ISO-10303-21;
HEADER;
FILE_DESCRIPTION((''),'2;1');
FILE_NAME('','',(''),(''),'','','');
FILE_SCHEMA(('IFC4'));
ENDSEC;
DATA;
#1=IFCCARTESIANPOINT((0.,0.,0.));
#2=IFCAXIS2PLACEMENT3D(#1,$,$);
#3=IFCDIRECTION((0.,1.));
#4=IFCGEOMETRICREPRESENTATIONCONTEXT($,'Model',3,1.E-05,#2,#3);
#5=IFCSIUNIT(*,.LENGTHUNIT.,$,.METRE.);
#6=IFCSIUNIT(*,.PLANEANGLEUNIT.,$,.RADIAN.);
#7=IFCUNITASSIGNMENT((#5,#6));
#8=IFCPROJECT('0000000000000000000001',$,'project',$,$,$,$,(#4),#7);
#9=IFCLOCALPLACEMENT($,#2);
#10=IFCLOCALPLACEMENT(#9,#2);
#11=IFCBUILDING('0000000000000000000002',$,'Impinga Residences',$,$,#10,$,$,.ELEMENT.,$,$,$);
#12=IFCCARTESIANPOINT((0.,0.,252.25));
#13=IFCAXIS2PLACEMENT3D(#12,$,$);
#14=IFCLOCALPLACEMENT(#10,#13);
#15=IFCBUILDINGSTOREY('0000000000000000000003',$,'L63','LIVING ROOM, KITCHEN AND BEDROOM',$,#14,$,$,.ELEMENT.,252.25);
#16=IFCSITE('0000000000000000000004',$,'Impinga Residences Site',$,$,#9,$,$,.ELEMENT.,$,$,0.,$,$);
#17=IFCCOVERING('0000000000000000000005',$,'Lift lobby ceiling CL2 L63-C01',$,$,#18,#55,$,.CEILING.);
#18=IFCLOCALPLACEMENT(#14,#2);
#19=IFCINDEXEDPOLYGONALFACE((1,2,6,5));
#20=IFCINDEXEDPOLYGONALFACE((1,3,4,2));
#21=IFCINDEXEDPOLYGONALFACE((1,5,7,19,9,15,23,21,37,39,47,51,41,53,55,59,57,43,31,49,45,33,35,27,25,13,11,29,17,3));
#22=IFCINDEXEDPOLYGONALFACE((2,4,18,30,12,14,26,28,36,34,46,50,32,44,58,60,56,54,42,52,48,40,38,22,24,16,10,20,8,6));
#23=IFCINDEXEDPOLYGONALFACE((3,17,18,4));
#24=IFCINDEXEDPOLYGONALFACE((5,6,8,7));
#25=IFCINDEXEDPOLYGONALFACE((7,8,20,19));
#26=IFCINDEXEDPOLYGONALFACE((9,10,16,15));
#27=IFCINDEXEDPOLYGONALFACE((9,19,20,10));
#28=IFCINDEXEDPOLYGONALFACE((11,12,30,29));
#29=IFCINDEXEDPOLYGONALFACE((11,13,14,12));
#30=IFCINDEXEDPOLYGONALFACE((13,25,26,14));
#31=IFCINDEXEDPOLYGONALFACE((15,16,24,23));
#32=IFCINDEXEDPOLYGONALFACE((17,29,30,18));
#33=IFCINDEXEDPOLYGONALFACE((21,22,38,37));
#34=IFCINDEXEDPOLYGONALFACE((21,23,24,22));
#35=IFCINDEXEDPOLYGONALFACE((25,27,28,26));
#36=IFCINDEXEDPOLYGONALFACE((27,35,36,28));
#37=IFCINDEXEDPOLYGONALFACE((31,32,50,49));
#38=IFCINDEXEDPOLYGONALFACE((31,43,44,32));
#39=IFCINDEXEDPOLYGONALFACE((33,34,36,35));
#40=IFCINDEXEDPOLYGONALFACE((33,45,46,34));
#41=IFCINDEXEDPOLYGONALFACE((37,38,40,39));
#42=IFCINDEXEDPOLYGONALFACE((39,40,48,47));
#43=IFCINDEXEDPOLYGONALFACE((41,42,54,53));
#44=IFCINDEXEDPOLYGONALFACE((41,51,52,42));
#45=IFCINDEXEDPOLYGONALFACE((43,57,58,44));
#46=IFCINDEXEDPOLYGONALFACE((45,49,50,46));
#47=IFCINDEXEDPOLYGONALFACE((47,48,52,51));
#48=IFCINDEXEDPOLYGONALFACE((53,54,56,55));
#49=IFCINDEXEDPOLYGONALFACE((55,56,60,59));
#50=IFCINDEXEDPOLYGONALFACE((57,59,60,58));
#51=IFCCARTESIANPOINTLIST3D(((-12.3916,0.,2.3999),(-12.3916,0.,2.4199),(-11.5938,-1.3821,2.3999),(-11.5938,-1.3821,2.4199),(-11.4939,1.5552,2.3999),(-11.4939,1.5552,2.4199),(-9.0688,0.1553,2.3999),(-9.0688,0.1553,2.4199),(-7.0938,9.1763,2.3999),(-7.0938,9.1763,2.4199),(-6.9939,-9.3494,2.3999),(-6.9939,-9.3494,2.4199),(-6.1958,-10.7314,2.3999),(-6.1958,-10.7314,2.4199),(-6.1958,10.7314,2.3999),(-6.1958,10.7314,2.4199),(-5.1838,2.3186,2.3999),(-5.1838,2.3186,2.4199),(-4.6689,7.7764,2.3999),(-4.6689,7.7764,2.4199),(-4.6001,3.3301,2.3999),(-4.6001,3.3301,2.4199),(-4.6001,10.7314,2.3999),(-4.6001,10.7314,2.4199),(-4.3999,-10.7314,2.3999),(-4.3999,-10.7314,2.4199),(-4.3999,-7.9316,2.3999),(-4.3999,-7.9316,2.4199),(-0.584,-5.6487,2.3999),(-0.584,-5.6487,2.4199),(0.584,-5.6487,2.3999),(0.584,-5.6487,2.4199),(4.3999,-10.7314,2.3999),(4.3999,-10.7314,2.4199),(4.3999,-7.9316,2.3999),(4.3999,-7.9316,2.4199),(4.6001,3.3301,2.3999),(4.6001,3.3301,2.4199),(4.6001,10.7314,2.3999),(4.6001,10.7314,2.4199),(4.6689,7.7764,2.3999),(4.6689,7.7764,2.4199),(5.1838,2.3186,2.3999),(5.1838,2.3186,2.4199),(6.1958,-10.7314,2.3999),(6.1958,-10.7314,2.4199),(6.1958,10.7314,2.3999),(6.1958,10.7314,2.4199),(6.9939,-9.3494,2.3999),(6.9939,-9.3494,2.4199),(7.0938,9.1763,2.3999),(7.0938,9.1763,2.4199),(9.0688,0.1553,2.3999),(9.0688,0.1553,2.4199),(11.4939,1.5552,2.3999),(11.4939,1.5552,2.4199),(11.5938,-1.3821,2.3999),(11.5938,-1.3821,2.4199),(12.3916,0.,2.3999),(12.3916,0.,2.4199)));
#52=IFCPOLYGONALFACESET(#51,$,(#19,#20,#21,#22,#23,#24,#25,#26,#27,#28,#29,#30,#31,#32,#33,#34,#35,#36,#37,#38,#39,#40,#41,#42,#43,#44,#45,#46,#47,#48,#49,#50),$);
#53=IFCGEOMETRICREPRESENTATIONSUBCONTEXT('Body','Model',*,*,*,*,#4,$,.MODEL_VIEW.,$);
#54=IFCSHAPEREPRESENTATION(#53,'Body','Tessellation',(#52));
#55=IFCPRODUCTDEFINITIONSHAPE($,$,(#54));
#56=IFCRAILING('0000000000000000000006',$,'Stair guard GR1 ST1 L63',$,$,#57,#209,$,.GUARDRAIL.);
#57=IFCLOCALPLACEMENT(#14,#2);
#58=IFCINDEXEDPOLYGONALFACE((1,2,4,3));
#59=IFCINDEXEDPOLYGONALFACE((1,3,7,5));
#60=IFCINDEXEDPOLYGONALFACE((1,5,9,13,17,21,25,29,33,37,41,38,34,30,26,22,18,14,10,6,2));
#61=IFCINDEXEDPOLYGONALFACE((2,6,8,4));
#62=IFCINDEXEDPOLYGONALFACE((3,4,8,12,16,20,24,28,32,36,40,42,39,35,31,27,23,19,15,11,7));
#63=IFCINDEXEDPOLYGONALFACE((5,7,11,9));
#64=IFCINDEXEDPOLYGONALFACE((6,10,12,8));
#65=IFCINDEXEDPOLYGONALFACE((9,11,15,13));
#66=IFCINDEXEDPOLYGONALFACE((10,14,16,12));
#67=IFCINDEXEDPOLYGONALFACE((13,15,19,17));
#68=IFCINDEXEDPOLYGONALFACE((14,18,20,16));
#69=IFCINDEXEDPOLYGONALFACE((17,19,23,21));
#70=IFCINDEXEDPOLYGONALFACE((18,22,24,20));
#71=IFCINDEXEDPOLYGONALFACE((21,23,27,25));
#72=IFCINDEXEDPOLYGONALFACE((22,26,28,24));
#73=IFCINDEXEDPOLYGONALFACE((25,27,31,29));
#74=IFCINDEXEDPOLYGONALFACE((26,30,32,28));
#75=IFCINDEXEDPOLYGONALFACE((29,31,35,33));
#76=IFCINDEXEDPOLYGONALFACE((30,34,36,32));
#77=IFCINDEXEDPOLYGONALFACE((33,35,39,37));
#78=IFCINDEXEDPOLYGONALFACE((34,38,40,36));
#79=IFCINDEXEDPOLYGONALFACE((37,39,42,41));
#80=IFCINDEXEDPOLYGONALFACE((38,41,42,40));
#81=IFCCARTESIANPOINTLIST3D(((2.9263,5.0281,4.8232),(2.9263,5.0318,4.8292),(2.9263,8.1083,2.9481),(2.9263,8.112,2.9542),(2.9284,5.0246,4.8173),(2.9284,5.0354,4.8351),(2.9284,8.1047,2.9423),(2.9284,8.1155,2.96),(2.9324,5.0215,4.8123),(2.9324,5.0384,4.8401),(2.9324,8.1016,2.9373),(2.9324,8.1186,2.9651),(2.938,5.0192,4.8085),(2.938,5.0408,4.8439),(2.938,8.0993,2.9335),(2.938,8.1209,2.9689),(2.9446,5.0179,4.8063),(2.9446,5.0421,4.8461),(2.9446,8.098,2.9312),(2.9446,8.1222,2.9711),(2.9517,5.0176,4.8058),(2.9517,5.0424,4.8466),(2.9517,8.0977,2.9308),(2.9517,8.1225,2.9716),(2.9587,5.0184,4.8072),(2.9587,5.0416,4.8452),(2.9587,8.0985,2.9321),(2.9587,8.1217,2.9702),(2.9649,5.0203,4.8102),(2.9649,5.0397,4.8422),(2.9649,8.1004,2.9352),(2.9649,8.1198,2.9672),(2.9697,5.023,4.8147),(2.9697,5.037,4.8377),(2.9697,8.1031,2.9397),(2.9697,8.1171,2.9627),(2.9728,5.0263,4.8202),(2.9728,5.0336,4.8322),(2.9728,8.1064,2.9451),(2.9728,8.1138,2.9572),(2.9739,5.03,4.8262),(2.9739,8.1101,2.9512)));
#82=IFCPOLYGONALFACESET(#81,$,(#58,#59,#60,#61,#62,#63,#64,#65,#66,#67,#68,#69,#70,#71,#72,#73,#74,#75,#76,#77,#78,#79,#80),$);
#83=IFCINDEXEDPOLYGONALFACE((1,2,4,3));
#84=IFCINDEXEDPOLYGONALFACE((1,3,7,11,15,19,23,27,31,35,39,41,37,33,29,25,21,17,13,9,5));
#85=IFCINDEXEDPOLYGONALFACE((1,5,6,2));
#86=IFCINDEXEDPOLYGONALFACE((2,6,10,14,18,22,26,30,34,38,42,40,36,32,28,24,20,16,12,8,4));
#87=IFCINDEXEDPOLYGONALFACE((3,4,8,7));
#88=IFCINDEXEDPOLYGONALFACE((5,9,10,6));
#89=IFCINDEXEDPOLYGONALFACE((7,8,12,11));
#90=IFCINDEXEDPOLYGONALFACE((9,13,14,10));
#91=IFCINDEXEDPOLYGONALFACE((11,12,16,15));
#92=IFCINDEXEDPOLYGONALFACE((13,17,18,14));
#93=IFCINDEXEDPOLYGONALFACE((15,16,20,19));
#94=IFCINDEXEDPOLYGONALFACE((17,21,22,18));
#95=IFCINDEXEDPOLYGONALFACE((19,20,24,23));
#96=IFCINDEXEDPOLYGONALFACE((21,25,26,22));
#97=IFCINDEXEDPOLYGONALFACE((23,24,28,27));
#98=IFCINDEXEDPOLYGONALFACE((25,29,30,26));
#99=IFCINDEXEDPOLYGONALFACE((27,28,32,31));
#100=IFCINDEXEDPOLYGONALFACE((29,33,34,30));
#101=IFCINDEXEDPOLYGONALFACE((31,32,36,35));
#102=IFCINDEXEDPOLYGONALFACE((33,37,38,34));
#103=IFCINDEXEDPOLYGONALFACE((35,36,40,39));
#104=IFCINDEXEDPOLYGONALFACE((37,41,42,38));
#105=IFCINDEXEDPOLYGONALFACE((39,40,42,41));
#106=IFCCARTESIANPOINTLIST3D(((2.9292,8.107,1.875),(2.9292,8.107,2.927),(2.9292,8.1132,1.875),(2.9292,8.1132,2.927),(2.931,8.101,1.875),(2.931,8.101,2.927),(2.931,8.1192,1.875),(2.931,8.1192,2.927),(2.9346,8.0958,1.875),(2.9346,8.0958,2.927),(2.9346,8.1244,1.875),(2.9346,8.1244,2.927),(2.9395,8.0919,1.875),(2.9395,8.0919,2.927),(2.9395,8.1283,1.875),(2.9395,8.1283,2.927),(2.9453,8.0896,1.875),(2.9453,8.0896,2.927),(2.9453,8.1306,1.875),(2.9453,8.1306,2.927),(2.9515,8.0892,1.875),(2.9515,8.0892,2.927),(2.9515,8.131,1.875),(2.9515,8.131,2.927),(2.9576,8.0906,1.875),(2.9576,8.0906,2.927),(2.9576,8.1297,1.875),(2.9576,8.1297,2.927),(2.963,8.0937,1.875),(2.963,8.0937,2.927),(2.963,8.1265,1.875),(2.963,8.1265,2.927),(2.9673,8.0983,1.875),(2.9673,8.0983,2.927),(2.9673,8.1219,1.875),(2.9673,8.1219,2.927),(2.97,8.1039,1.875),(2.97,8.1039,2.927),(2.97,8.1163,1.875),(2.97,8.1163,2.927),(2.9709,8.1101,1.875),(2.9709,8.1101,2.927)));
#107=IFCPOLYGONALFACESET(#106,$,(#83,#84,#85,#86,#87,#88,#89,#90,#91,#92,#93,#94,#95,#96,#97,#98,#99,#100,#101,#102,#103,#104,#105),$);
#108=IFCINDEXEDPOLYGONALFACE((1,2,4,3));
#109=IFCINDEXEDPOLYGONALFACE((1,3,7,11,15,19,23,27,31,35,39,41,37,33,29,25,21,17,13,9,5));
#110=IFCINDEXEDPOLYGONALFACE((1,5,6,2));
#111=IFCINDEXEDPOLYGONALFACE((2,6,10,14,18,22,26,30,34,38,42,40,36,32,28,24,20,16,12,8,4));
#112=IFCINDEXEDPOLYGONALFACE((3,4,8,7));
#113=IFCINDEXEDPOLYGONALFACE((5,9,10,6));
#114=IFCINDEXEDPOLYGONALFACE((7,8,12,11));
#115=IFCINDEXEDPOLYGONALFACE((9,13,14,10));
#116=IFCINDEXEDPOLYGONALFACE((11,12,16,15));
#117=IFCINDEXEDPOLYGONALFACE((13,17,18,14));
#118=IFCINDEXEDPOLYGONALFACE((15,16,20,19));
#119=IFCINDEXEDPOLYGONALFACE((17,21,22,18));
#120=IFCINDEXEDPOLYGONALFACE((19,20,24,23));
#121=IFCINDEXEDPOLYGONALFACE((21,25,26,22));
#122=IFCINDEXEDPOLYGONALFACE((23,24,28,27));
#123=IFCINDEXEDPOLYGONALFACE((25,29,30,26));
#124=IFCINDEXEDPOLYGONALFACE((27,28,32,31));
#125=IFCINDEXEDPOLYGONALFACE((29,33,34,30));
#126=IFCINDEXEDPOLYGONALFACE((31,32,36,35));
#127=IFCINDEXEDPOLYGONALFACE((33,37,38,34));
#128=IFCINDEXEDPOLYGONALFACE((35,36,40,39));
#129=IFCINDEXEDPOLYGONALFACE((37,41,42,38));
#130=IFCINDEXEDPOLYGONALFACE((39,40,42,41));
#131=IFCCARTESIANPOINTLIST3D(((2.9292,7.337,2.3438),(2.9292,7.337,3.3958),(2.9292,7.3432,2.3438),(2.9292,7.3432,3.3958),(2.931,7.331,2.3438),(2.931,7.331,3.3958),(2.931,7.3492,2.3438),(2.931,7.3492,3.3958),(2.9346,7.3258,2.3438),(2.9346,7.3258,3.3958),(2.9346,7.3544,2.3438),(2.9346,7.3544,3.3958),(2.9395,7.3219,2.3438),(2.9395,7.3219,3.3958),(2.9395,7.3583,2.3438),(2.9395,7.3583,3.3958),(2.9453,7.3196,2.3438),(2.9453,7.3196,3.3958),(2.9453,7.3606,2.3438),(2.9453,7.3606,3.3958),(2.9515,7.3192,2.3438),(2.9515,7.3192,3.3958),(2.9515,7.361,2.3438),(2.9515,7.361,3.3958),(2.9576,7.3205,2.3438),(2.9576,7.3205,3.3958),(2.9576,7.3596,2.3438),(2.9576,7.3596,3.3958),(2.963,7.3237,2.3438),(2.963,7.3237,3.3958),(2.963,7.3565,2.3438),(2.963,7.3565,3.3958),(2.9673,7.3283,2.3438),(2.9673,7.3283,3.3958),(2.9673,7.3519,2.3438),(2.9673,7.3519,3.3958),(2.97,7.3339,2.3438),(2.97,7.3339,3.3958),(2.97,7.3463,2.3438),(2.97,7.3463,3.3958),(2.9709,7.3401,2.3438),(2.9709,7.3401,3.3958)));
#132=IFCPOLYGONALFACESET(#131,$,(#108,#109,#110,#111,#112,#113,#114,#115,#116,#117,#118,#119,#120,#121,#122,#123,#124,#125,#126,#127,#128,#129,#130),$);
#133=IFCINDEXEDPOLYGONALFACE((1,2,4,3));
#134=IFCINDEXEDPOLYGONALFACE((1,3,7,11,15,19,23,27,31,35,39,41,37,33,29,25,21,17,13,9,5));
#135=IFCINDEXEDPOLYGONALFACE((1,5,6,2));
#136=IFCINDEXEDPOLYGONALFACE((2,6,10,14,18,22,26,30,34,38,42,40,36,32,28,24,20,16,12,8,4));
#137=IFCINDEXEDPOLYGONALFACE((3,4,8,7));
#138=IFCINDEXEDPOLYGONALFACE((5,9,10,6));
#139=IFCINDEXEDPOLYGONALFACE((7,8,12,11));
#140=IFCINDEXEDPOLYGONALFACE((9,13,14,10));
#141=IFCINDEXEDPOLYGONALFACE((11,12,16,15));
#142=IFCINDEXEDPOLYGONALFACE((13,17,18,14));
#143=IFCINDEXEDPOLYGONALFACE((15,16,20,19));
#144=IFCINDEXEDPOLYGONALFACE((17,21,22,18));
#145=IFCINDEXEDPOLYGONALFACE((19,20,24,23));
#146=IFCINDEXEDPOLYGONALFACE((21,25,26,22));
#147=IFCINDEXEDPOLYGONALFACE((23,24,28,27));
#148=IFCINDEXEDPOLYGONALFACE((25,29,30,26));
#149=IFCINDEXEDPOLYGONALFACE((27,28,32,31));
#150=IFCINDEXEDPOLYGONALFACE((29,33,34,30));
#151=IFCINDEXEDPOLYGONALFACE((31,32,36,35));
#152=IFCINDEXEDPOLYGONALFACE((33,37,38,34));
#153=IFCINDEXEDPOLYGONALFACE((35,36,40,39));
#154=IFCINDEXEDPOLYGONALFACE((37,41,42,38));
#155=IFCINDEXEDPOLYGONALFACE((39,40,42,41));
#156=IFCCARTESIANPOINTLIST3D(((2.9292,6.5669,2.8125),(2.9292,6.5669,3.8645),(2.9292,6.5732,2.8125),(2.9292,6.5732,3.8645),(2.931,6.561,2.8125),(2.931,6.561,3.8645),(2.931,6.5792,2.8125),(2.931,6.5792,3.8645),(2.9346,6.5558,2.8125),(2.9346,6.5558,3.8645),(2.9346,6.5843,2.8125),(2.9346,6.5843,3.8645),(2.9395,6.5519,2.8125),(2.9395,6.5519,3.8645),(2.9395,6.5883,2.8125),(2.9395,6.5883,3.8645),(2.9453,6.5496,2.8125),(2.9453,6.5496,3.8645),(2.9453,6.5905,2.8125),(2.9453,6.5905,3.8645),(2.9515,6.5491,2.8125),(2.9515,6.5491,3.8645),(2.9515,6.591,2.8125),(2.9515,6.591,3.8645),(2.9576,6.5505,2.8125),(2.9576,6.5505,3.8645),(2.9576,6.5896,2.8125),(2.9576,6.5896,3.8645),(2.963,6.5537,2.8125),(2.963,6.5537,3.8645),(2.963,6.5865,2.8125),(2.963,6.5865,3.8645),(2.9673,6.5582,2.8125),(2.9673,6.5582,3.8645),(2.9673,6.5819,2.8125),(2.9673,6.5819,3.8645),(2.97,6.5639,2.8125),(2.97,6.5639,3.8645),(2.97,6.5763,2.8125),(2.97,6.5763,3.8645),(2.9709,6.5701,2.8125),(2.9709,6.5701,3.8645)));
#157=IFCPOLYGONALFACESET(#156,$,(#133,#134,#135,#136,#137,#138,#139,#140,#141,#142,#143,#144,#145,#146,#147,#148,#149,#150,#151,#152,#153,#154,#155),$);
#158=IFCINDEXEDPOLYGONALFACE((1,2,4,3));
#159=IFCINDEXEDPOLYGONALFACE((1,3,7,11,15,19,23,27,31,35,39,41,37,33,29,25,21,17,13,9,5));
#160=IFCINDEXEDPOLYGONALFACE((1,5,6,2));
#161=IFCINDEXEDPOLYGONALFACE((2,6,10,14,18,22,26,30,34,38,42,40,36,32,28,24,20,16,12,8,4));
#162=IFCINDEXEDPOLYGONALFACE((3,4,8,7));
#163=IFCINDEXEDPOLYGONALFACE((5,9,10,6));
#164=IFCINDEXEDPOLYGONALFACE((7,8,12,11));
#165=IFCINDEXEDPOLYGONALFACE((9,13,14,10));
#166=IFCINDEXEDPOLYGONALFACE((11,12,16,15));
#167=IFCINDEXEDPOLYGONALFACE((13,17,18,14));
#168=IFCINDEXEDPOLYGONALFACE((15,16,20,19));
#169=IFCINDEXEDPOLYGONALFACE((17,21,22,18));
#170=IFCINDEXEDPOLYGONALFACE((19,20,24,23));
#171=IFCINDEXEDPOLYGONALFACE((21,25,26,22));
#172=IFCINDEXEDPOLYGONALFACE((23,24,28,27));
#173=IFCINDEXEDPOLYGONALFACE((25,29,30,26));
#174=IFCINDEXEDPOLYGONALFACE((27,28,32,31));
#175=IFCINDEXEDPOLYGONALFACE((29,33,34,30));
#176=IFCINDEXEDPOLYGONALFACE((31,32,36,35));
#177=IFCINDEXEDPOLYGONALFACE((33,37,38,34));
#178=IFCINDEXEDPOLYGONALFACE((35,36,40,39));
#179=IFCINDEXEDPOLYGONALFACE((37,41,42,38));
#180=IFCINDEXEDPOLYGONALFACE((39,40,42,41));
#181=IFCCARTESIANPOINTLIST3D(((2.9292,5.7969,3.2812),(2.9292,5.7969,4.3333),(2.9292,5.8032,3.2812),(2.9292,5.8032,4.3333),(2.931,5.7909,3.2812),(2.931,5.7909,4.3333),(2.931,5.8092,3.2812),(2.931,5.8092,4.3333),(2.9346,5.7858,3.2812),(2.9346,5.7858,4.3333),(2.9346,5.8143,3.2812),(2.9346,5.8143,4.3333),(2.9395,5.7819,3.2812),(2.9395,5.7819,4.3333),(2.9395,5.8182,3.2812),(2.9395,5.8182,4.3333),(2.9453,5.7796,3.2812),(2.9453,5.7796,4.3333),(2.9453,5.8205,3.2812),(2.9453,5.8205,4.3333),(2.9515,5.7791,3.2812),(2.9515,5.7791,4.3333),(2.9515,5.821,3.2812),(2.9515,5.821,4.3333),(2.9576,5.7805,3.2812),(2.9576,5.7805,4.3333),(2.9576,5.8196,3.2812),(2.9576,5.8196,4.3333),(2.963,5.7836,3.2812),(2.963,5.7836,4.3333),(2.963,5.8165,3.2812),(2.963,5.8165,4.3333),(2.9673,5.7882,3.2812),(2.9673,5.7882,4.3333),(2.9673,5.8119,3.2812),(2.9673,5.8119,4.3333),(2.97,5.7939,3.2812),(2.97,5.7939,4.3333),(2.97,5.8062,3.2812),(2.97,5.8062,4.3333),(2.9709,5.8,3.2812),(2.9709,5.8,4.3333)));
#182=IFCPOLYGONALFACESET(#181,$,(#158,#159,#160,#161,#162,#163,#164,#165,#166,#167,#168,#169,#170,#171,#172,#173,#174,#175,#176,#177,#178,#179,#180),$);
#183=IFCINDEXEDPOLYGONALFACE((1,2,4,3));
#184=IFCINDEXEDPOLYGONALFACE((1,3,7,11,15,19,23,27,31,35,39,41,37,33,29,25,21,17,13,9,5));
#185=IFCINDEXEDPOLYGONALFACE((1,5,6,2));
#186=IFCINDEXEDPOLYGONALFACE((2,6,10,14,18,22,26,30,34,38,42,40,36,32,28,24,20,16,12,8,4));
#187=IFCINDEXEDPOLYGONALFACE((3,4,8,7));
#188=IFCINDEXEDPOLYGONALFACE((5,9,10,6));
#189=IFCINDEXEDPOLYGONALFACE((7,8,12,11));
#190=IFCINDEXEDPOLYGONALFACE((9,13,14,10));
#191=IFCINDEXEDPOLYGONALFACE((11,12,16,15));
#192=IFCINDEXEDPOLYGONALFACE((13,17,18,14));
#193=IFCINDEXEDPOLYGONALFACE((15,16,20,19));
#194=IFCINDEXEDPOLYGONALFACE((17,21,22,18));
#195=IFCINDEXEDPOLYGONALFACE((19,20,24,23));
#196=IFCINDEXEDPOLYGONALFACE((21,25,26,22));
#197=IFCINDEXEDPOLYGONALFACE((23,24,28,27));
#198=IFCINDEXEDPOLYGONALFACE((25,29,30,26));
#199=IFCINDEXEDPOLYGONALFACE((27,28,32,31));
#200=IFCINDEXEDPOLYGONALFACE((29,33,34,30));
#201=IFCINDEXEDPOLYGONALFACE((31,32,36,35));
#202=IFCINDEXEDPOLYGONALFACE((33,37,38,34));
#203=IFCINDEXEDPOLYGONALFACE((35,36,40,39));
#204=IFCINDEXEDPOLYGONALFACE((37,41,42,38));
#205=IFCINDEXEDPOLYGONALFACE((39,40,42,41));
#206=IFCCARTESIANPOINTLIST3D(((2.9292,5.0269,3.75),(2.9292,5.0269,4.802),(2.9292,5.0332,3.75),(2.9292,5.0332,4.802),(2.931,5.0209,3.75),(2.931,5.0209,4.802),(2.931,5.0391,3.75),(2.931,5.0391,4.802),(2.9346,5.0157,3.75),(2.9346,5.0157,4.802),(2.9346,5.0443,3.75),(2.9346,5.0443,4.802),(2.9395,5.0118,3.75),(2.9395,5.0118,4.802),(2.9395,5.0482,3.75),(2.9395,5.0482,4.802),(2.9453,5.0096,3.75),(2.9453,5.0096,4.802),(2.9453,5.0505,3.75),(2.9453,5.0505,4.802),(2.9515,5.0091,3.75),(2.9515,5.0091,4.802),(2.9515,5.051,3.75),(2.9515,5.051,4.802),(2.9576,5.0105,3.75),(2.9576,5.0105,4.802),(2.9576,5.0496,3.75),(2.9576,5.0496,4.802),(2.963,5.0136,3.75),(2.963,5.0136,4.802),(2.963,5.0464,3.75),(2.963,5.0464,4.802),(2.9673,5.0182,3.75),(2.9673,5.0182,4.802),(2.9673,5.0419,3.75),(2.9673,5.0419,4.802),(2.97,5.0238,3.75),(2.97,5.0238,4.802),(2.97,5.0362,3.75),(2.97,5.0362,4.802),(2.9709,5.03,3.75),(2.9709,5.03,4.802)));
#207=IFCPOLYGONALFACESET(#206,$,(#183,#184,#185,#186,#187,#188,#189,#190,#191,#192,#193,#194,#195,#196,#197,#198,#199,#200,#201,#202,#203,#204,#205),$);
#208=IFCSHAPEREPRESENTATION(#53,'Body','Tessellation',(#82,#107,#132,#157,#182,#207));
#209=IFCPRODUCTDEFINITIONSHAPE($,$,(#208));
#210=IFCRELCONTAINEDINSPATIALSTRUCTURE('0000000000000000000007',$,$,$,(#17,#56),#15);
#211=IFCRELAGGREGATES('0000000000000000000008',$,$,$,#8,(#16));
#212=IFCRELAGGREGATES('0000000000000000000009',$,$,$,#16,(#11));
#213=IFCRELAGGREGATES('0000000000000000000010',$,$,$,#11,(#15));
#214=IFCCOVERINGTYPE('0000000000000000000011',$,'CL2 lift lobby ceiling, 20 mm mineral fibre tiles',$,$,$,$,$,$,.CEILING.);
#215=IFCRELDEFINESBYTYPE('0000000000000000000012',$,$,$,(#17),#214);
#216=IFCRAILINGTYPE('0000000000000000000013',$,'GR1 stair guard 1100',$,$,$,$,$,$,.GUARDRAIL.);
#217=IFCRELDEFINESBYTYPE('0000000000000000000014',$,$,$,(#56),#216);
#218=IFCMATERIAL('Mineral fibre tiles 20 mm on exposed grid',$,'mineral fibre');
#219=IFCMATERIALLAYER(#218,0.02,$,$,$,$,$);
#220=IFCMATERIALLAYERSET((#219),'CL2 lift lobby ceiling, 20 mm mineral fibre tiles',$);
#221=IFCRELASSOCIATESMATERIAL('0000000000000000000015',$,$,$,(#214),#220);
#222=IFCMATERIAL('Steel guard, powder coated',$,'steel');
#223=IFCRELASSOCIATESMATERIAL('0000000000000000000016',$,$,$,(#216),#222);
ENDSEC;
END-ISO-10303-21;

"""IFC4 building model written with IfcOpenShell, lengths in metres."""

from ifc_helpers import new_model, si_unit, direction, frame, origin, origin_2d, place, context, subcontext, project, spatial, polyline, circle, outline, extrude, material, layer, layer_set, type_object, element, save


model = new_model("IFC4")

# Units and contexts
model_context = context("Model", 3, precision=1e-05, world=origin(), true_north=direction((0.0, 1.0)))
body_context = subcontext(model_context, "Body", "Model", "MODEL_VIEW")
ifc_project = project(units=[si_unit("LENGTHUNIT", "METRE"), si_unit("PLANEANGLEUNIT", "RADIAN")], contexts=[model_context])

# Site, building, storey
site_placement = place(None, origin())
site = spatial("IfcSite", under=ifc_project, at=site_placement, Name="Impinga Residences Site", CompositionType="ELEMENT", RefElevation=0.0)
building_placement = place(site_placement, origin())
building = spatial("IfcBuilding", under=site, at=building_placement, Name="Impinga Residences", CompositionType="ELEMENT")
storey_placement = place(building_placement, frame((0.0, 0.0, 252.25)))
storey = spatial("IfcBuildingStorey", under=building, at=storey_placement, Name="L63", Description="LIVING ROOM, KITCHEN AND BEDROOM", CompositionType="ELEMENT", Elevation=252.25)

# Covering
ifc_material_1 = material(Name="Mineral fibre tiles 20 mm on exposed grid", Category="mineral fibre")
ifc_layer_1 = layer(ifc_material_1, 0.02)
ifc_layer_set_1 = layer_set([ifc_layer_1], Name="CL2 lift lobby ceiling, 20 mm mineral fibre tiles")
covering_type_1 = type_object("IfcCoveringType", Name="CL2 lift lobby ceiling, 20 mm mineral fibre tiles", PredefinedType="CEILING", material=ifc_layer_set_1)
covering_1_placement = place(storey_placement, frame((0.0, 0.0, 2.3999)))
element("IfcCovering", 1, at=covering_1_placement, inside=storey, type_object=covering_type_1, Name="Lift lobby ceiling CL2 L63-C01", PredefinedType="CEILING", context=body_context, shape_type="SweptSolid", body=[
    extrude(outline(polyline([(12.3916, 0.0), (11.5938, -1.3821), (5.1838, 2.3186), (0.584, -5.6487), (6.9939, -9.3494), (6.1958, -10.7314), (4.3999, -10.7314), (4.3999, -7.9316), (-4.3999, -7.9316), (-4.3999, -10.7314), (-6.1958, -10.7314), (-6.9939, -9.3494), (-0.584, -5.6487), (-5.1838, 2.3186), (-11.5938, -1.3821), (-12.3916, 0.0), (-11.4939, 1.5552), (-9.0688, 0.1553), (-4.6689, 7.7764), (-7.0938, 9.1763), (-6.1958, 10.7314), (-4.6001, 10.7314), (-4.6001, 3.3301), (4.6001, 3.3301), (4.6001, 10.7314), (6.1958, 10.7314), (7.0938, 9.1763), (4.6689, 7.7764), (9.0688, 0.1553), (11.4939, 1.5552), (12.3916, 0.0)])), origin(), (0.0, 0.0, 1.0), 0.02),
])

# Railing
ifc_material_2 = material(Name="Steel guard, powder coated", Category="steel")
railing_type_1 = type_object("IfcRailingType", Name="GR1 stair guard 1100", PredefinedType="GUARDRAIL", material=ifc_material_2)
railing_1_placement = place(storey_placement, frame((2.95, 8.1101, 1.875)))
element("IfcRailing", 2, at=railing_1_placement, inside=storey, type_object=railing_type_1, Name="Stair guard GR1 ST1 L63", PredefinedType="GUARDRAIL", context=body_context, shape_type="SweptSolid", body=[
    extrude(circle(Radius=0.0239, at=origin_2d()), frame((0.0, 0.0, 1.0762), z_axis=(0.0, -0.854178, 0.519981), x_axis=(1.0, 0.0, 0.0)), (0.0, 0.0, 1.0), 3.606),
    extrude(circle(Radius=0.021, at=origin_2d()), origin(), (0.0, 0.0, 1.0), 1.052),
    extrude(circle(Radius=0.021, at=origin_2d()), frame((0.0, -0.77, 0.4688)), (0.0, 0.0, 1.0), 1.052),
    extrude(circle(Radius=0.021, at=origin_2d()), frame((0.0, -1.54, 0.9375)), (0.0, 0.0, 1.0), 1.052),
    extrude(circle(Radius=0.021, at=origin_2d()), frame((0.0, -2.3101, 1.4062)), (0.0, 0.0, 1.0), 1.052),
    extrude(circle(Radius=0.021, at=origin_2d()), frame((0.0, -3.0801, 1.875)), (0.0, 0.0, 1.0), 1.052),
])

save(model, "model.ifc")
